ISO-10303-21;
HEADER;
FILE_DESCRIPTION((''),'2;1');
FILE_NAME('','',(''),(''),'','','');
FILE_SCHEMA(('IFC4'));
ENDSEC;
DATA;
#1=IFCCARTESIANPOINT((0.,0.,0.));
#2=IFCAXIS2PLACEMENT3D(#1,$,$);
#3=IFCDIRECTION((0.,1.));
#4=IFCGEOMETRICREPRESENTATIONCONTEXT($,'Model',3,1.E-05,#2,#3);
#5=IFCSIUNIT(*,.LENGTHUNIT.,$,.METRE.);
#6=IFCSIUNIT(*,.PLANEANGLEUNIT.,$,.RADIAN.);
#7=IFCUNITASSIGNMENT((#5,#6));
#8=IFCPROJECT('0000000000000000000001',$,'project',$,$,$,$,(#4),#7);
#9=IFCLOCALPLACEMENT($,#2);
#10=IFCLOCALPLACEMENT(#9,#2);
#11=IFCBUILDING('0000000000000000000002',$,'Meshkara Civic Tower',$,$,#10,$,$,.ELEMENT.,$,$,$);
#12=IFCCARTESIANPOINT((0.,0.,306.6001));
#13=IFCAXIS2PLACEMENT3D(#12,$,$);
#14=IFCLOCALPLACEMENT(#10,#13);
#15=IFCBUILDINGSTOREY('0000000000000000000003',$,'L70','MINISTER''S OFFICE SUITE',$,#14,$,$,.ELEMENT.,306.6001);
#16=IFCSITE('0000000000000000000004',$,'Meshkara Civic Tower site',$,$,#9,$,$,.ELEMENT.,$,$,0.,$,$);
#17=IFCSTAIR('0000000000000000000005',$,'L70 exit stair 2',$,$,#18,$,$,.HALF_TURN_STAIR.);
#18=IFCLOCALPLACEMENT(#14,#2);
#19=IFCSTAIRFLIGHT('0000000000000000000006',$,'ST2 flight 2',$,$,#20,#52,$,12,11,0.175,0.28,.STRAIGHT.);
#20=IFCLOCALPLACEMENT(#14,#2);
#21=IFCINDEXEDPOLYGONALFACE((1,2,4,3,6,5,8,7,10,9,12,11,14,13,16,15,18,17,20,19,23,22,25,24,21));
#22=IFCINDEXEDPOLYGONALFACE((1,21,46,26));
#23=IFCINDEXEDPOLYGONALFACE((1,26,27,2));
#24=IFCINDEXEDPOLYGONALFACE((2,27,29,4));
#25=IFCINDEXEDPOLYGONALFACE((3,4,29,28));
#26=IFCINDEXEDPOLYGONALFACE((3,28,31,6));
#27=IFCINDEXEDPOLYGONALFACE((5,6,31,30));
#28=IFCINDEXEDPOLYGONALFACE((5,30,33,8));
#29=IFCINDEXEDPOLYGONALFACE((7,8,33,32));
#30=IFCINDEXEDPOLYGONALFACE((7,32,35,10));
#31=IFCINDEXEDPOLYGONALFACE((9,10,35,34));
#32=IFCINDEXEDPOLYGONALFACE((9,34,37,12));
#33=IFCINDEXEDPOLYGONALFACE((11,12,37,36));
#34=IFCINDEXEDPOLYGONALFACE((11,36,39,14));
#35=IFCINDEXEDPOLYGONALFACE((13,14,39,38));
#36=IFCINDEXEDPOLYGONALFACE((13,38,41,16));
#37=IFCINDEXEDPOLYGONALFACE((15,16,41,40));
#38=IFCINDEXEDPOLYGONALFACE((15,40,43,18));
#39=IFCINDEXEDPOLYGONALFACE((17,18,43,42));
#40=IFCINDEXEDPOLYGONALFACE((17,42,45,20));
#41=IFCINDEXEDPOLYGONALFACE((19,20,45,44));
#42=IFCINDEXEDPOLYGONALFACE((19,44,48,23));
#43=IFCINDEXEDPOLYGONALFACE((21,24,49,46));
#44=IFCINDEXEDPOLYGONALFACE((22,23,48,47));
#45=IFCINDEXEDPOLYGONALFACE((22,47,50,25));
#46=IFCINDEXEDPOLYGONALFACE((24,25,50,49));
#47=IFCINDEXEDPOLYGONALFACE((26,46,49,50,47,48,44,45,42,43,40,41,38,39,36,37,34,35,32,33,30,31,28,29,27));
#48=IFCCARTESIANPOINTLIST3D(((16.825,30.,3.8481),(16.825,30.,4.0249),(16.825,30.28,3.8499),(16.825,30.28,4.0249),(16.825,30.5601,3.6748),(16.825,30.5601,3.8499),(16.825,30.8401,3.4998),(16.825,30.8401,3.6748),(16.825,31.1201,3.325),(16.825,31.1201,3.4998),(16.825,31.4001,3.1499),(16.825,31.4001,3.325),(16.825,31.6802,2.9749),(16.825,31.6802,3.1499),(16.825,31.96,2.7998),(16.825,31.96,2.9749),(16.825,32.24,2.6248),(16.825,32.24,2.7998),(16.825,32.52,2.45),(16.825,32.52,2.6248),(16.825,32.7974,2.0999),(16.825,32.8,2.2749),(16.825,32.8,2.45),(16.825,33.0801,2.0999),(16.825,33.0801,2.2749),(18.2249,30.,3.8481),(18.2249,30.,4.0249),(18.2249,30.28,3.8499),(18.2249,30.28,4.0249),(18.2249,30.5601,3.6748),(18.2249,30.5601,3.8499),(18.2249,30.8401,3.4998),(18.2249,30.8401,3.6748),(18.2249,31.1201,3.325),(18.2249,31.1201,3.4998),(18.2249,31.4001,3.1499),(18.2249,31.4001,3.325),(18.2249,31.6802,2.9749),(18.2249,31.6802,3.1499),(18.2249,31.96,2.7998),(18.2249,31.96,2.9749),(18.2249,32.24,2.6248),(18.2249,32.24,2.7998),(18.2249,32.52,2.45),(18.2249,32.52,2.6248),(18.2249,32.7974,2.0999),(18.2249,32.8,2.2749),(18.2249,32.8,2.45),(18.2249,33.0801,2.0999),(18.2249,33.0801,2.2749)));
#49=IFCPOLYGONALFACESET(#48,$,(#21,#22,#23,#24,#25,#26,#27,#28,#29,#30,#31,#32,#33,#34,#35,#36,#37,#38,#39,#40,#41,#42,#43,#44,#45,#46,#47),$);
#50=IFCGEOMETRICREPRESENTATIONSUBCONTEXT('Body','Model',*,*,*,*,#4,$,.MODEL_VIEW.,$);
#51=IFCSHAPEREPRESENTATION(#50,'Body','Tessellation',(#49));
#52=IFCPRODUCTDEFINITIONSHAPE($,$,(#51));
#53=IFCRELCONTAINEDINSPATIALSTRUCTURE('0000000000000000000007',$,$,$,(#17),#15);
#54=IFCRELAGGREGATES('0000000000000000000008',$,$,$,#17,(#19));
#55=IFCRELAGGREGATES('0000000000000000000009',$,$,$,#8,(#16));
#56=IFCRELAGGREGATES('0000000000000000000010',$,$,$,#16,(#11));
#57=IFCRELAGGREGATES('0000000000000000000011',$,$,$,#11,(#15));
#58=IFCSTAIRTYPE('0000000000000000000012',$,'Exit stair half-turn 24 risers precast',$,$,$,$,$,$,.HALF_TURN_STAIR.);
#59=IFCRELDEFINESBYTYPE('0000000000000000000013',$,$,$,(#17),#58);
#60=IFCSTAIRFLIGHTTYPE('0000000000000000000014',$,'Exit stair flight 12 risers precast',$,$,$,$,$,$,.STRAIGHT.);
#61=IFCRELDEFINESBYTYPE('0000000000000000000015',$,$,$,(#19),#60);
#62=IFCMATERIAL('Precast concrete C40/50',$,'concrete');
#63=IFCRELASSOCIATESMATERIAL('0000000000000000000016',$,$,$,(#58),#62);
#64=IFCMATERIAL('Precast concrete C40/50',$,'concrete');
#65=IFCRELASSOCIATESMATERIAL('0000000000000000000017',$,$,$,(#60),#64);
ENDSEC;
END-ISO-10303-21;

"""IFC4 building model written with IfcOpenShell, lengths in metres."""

from ifc_helpers import new_model, si_unit, direction, frame, origin, place, context, subcontext, project, spatial, polyline, outline, extrude, material, type_object, element, aggregate, save


model = new_model("IFC4")

# Units and contexts
model_context = context("Model", 3, precision=1e-05, world=origin(), true_north=direction((0.0, 1.0)))
body_context = subcontext(model_context, "Body", "Model", "MODEL_VIEW")
ifc_project = project(units=[si_unit("LENGTHUNIT", "METRE"), si_unit("PLANEANGLEUNIT", "RADIAN")], contexts=[model_context])

# Site, building, storey
site_placement = place(None, origin())
site = spatial("IfcSite", under=ifc_project, at=site_placement, Name="Meshkara Civic Tower site", CompositionType="ELEMENT", RefElevation=0.0)
building_placement = place(site_placement, origin())
building = spatial("IfcBuilding", under=site, at=building_placement, Name="Meshkara Civic Tower", CompositionType="ELEMENT")
storey_placement = place(building_placement, frame((0.0, 0.0, 306.6001)))
storey = spatial("IfcBuildingStorey", under=building, at=storey_placement, Name="L70", Description="MINISTER'S OFFICE SUITE", CompositionType="ELEMENT", Elevation=306.6001)

# Stair, stair flight
ifc_material_1 = material(Name="Precast concrete C40/50", Category="concrete")
stair_type = type_object("IfcStairType", Name="Exit stair half-turn 24 risers precast", PredefinedType="HALF_TURN_STAIR", material=ifc_material_1)
stair_placement = place(storey_placement, origin())
stair = element("IfcStair", 1, at=stair_placement, inside=storey, type_object=stair_type, Name="L70 exit stair 2", PredefinedType="HALF_TURN_STAIR")
ifc_material_2 = material(Name="Precast concrete C40/50", Category="concrete")
stair_flight_type = type_object("IfcStairFlightType", Name="Exit stair flight 12 risers precast", PredefinedType="STRAIGHT", material=ifc_material_2)
stair_flight_1_placement = place(storey_placement, frame((17.5249, 33.0801, 2.0999), z_axis=(0.0, 0.0, 1.0), x_axis=(0.0, -1.0, 0.0)))
stair_flight_1 = element("IfcStairFlight", 2, at=stair_flight_1_placement, type_object=stair_flight_type, Name="ST2 flight 2", NumberOfRisers=12, NumberOfTreads=11, PredefinedType="STRAIGHT", RiserHeight=0.175, TreadLength=0.28, context=body_context, shape_type="SweptSolid", body=[
    extrude(outline(polyline([(0.0, 0.0), (0.0, 0.175), (0.28, 0.175), (0.28, 0.3501), (0.5601, 0.3501), (0.5601, 0.5249), (0.8401, 0.5249), (0.8401, 0.7), (1.1201, 0.7), (1.1201, 0.875), (1.3999, 0.875), (1.3999, 1.05), (1.6799, 1.05), (1.6799, 1.2251), (1.96, 1.2251), (1.96, 1.3999), (2.24, 1.3999), (2.24, 1.575), (2.52, 1.575), (2.52, 1.75), (2.8, 1.75), (2.8, 1.925), (3.0801, 1.925), (3.0801, 2.1001), (3.0801, 1.7483), (0.2827, 0.0), (0.0, 0.0)])), frame((0.0, 0.7, 0.0), z_axis=(0.0, -1.0, 0.0), x_axis=(1.0, 0.0, 0.0)), (0.0, 0.0, 1.0), 1.3999),
])
aggregate(stair, [stair_flight_1])

save(model, "model.ifc")
